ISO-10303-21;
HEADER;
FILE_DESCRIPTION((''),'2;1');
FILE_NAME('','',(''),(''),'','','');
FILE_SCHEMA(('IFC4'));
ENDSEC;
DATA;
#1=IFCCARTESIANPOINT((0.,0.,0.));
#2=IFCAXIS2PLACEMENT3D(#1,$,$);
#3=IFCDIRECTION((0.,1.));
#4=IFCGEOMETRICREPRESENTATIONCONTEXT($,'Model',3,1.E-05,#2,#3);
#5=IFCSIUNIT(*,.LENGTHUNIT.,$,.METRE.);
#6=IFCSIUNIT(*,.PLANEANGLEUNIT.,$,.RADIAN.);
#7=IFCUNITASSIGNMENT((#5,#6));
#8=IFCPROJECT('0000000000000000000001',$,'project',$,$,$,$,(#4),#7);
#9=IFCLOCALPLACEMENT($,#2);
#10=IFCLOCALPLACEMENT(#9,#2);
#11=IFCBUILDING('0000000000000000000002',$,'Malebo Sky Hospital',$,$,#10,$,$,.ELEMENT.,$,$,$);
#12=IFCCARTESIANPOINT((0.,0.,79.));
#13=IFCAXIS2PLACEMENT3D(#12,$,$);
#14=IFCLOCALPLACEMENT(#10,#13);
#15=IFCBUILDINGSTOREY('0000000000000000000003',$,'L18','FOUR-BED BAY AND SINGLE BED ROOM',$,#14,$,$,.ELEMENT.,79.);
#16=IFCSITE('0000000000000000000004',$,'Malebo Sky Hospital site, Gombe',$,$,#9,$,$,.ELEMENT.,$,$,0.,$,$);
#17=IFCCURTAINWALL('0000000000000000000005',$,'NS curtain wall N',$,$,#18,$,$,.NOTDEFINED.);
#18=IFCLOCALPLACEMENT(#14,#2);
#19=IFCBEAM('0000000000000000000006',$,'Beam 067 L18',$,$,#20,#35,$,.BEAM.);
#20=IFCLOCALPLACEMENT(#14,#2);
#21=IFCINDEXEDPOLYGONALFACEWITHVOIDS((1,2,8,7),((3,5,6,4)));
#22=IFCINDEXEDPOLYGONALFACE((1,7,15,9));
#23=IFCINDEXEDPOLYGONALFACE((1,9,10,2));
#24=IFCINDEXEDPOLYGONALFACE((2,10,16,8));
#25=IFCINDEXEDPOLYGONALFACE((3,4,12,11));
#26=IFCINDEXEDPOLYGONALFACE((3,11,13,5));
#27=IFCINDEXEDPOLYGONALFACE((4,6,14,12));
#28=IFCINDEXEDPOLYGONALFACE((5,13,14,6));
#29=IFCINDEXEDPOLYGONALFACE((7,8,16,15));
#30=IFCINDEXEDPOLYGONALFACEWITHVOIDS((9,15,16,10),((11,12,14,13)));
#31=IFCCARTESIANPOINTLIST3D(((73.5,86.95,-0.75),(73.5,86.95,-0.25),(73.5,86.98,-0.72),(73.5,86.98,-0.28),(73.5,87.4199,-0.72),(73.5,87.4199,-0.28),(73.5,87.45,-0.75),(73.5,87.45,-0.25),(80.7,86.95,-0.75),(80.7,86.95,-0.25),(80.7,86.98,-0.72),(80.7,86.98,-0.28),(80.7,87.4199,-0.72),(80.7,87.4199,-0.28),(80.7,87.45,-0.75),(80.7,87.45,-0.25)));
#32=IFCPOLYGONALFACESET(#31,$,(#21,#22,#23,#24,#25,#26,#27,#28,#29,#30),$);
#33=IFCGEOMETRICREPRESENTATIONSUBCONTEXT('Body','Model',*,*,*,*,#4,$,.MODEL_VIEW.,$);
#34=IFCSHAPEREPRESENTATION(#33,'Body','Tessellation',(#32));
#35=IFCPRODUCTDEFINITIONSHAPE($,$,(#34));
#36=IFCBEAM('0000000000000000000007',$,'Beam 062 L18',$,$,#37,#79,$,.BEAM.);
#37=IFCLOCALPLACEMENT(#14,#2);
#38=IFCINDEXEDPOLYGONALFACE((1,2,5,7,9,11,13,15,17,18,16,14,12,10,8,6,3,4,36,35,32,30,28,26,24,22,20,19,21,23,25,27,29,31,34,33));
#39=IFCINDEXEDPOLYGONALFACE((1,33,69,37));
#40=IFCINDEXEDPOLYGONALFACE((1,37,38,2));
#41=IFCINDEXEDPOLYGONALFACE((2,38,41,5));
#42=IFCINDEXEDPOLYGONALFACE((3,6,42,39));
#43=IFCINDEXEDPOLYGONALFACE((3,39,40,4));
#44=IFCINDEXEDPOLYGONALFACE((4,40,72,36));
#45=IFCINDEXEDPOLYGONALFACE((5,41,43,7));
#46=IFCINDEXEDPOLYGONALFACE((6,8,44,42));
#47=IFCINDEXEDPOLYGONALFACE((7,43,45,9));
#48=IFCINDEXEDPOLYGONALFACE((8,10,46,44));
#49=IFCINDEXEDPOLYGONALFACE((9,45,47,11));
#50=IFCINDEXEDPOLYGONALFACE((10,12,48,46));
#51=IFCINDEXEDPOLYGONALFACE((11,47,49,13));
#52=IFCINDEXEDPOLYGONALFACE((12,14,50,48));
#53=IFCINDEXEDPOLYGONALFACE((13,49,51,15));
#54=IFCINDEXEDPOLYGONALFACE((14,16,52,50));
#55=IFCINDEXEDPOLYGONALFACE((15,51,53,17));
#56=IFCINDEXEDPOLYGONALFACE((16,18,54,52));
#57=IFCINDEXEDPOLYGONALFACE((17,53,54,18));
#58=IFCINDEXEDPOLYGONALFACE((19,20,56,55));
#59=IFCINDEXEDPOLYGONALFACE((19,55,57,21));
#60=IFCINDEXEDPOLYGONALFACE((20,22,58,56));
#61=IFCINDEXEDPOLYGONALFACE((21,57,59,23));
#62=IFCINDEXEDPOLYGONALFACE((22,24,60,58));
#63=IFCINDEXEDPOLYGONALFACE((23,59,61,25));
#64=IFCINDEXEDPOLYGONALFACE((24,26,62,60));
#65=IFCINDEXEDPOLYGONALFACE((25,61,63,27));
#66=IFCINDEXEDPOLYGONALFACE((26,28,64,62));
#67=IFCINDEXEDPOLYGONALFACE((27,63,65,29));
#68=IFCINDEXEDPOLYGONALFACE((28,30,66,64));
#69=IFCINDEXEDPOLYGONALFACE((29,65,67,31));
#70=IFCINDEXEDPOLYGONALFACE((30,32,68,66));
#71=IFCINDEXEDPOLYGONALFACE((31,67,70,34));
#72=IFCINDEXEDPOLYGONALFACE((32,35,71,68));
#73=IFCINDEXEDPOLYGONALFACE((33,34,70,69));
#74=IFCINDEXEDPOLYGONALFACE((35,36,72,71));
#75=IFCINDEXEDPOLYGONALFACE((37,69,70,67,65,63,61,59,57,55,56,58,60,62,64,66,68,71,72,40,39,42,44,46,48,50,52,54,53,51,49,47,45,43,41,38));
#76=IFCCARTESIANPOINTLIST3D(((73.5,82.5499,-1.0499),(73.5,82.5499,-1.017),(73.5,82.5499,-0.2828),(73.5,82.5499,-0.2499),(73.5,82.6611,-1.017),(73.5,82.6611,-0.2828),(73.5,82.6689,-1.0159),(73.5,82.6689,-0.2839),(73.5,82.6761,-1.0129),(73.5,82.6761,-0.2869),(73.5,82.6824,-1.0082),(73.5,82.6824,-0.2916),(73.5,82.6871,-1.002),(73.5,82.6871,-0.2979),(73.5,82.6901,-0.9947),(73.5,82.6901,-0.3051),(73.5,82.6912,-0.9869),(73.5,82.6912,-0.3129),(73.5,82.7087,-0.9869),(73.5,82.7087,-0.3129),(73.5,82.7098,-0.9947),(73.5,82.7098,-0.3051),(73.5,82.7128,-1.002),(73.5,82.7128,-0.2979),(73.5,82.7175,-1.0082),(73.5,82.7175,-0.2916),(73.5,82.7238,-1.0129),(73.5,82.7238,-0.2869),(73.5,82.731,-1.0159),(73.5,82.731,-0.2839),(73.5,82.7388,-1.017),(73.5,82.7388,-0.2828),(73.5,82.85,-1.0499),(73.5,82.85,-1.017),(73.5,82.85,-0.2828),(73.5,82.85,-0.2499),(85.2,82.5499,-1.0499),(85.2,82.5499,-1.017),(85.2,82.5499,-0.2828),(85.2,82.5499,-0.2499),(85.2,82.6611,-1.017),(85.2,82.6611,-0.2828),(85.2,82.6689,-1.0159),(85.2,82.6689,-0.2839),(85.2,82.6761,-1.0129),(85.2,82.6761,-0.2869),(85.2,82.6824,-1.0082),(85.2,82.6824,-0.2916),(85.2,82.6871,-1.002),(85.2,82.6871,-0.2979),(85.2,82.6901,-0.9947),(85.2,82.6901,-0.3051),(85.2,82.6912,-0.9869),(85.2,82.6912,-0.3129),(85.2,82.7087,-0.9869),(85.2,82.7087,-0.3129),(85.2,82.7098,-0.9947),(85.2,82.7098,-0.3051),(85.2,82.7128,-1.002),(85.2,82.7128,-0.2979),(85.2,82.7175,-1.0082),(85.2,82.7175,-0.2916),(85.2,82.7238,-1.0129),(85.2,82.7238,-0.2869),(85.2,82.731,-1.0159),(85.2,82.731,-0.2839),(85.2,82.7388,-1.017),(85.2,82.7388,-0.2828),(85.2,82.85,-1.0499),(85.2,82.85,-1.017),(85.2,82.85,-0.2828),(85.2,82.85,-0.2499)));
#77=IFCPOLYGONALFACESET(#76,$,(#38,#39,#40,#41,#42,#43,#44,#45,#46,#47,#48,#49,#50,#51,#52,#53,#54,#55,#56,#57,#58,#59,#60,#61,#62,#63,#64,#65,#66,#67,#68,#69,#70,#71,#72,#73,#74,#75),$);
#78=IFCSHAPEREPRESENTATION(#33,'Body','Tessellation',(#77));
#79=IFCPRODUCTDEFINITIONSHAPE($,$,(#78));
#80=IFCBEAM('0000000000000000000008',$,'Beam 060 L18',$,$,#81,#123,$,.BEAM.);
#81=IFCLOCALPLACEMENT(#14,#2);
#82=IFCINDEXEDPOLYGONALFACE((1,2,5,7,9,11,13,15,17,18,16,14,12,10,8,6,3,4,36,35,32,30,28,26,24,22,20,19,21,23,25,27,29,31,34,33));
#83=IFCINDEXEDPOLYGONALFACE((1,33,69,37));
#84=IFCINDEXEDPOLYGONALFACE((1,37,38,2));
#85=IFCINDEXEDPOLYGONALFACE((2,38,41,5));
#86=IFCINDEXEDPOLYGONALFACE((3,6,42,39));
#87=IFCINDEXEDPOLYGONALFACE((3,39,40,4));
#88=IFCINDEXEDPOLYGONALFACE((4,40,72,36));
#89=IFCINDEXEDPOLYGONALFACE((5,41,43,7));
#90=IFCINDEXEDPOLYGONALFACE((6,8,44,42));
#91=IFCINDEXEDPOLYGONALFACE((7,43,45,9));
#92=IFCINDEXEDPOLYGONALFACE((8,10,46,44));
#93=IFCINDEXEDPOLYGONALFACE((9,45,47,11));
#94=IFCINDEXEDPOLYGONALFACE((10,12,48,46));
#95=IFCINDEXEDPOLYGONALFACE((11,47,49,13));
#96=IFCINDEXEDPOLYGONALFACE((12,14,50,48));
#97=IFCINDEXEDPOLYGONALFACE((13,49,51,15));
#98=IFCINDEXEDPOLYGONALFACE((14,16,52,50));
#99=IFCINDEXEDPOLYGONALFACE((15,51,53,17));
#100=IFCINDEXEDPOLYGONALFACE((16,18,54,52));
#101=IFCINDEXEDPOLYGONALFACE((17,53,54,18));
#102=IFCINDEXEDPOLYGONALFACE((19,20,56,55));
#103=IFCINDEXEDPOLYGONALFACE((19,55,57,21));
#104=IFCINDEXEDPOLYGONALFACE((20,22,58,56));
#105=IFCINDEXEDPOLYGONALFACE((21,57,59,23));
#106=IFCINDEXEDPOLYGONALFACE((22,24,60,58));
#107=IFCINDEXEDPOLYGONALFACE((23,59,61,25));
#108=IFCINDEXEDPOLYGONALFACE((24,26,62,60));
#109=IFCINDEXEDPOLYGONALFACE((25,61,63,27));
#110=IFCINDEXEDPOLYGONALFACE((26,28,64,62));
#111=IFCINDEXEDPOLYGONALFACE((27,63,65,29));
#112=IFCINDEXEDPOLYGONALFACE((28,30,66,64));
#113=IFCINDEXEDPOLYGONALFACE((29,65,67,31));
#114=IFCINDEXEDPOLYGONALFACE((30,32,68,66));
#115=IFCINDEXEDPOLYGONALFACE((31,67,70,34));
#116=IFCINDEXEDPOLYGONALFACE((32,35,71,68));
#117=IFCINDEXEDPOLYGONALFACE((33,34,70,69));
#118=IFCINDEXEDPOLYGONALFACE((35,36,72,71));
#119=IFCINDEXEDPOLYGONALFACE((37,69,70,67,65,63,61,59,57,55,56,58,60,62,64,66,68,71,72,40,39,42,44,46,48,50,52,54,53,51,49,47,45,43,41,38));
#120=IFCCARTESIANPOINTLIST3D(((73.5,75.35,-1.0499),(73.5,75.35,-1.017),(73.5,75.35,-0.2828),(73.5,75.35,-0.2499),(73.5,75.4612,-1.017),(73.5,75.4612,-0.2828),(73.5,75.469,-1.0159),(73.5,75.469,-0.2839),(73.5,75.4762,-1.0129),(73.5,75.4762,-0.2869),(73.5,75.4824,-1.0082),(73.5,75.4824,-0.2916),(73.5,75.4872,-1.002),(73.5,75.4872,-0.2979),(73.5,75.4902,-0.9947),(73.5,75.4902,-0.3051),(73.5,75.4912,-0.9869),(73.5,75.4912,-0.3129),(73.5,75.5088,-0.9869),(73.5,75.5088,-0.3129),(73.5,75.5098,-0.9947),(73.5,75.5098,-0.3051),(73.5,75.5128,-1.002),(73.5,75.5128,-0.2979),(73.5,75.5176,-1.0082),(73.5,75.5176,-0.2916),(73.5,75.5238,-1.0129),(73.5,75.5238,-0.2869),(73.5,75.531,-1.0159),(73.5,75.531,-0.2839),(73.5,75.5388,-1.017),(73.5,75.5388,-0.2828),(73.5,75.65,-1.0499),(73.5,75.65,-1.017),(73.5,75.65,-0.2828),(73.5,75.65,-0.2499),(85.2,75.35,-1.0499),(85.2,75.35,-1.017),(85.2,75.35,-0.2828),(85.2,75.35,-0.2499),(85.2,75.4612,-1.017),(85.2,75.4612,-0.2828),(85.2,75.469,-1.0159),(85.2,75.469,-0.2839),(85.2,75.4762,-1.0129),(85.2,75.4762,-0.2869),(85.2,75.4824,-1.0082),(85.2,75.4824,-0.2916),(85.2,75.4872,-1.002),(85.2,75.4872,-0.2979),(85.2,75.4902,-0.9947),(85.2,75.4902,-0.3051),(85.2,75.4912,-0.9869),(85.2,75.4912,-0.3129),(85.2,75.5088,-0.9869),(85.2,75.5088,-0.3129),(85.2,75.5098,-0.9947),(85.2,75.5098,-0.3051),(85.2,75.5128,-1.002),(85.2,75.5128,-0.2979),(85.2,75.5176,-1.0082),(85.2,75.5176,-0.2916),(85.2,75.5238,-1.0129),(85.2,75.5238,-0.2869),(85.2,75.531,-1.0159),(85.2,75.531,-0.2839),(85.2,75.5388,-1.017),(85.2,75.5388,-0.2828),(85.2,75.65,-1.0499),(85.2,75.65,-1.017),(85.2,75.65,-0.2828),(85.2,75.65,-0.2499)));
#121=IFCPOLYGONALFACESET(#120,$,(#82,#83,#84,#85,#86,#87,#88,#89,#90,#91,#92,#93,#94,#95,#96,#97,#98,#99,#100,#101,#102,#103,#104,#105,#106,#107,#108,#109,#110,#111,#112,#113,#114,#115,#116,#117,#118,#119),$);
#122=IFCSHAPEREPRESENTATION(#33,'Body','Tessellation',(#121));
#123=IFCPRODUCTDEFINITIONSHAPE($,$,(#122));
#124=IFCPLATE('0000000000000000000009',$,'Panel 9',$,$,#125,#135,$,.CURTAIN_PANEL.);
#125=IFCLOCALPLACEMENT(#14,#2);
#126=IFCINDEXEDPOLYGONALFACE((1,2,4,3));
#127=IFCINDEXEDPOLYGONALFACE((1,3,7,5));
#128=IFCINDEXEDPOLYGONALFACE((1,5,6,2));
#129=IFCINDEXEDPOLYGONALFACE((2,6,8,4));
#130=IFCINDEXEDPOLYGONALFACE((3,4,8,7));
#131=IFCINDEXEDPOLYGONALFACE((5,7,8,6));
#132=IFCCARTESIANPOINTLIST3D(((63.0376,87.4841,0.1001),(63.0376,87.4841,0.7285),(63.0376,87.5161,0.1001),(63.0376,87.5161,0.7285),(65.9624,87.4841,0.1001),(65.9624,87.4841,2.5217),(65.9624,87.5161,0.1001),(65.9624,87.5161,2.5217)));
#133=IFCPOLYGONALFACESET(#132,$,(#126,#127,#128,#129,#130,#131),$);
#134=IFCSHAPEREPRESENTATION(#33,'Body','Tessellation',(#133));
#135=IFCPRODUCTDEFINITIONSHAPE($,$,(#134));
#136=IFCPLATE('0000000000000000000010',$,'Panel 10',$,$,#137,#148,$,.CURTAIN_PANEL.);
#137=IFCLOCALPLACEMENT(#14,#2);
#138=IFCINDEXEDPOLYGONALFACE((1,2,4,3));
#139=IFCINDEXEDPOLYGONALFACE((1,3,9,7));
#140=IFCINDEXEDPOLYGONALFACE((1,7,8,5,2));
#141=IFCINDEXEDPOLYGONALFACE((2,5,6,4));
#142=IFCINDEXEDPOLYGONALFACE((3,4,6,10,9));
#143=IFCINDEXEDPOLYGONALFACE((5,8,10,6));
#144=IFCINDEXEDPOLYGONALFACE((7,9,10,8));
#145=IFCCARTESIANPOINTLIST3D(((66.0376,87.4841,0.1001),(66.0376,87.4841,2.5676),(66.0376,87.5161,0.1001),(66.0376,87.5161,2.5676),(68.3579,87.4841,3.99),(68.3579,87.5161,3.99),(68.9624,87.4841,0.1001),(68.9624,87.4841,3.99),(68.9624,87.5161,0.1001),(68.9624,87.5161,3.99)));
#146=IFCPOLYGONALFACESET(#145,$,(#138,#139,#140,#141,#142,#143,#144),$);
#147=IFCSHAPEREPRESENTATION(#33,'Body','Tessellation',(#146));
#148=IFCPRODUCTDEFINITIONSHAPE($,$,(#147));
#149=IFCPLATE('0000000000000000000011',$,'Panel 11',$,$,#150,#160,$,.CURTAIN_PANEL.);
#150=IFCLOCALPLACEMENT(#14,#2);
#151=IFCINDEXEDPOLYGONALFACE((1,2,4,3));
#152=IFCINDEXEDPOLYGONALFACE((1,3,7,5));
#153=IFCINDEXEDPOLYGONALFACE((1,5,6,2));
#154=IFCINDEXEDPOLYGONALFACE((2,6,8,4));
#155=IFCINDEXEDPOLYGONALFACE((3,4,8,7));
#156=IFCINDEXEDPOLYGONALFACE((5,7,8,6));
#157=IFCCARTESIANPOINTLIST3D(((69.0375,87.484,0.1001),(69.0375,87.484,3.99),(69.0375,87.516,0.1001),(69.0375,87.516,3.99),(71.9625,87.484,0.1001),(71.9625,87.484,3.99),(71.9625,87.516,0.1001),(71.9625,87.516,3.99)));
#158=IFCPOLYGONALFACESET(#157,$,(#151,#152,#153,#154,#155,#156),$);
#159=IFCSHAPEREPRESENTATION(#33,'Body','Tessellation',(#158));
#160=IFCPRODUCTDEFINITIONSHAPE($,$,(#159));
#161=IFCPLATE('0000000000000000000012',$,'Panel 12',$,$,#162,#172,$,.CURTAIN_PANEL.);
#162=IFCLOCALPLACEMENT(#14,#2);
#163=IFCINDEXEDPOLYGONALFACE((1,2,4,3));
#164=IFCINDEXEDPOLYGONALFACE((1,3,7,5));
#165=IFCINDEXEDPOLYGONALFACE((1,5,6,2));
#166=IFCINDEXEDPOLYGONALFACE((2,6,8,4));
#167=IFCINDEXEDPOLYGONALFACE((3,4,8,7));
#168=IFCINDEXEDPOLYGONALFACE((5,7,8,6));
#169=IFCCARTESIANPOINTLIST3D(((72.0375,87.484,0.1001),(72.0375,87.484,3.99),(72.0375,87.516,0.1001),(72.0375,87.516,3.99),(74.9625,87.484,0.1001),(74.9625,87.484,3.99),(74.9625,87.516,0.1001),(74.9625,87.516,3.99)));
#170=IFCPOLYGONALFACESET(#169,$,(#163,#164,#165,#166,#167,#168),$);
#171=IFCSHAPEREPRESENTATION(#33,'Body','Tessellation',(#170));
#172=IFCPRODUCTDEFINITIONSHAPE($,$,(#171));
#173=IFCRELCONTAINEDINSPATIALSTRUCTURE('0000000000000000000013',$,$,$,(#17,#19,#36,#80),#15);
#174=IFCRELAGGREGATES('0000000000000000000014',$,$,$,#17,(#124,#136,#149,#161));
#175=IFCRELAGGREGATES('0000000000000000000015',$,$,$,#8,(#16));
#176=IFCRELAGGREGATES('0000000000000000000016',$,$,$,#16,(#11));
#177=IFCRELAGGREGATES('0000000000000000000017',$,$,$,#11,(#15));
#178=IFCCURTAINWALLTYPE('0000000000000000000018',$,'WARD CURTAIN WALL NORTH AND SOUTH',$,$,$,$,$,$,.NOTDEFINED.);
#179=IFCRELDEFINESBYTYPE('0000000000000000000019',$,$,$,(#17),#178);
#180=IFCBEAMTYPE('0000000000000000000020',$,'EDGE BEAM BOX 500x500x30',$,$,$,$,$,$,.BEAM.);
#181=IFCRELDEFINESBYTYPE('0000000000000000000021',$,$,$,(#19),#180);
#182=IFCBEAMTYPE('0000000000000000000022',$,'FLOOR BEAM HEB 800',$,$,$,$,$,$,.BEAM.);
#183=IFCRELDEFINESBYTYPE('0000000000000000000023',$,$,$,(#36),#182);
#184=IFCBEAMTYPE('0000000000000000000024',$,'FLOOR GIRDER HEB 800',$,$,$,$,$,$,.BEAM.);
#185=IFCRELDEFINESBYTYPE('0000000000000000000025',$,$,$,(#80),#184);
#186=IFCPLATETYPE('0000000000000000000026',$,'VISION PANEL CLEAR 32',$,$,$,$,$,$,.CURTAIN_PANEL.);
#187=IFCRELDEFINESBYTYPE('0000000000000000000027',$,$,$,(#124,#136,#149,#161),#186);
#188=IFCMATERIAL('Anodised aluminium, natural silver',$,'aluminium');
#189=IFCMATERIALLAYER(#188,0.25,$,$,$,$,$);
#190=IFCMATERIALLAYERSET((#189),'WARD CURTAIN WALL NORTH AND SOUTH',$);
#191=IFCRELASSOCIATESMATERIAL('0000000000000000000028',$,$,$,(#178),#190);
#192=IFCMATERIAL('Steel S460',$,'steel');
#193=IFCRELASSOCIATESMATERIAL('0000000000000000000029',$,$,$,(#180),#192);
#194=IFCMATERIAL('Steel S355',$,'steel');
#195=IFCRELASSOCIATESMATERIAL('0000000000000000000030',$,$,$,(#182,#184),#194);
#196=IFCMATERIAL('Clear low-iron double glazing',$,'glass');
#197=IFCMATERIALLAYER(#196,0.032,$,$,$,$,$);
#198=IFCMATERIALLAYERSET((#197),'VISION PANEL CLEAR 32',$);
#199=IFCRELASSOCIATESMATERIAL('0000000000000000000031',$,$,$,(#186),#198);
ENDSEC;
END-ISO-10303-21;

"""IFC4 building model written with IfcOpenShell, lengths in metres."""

from ifc_helpers import new_model, si_unit, direction, frame, origin, origin_2d, place, context, subcontext, project, spatial, polyline, rectangle, hollow_rectangle, i_section, outline, extrude, material, layer, layer_set, material_profile, profile_set, type_object, element, aggregate, save


model = new_model("IFC4")

# Units and contexts
model_context = context("Model", 3, precision=1e-05, world=origin(), true_north=direction((0.0, 1.0)))
body_context = subcontext(model_context, "Body", "Model", "MODEL_VIEW")
ifc_project = project(units=[si_unit("LENGTHUNIT", "METRE"), si_unit("PLANEANGLEUNIT", "RADIAN")], contexts=[model_context])

# Site, building, storey
site_placement = place(None, origin())
site = spatial("IfcSite", under=ifc_project, at=site_placement, Name="Malebo Sky Hospital site, Gombe", CompositionType="ELEMENT", RefElevation=0.0)
building_placement = place(site_placement, origin())
building = spatial("IfcBuilding", under=site, at=building_placement, Name="Malebo Sky Hospital", CompositionType="ELEMENT")
storey_placement = place(building_placement, frame((0.0, 0.0, 79.0)))
storey = spatial("IfcBuildingStorey", under=building, at=storey_placement, Name="L18", Description="FOUR-BED BAY AND SINGLE BED ROOM", CompositionType="ELEMENT", Elevation=79.0)

# Shared definitions
ifc_material_1 = material(Name="Steel S460", Category="steel")

# Curtain wall
ifc_material_2 = material(Name="Anodised aluminium, natural silver", Category="aluminium")
ifc_layer_1 = layer(ifc_material_2, 0.25)
ifc_layer_set_1 = layer_set([ifc_layer_1], Name="WARD CURTAIN WALL NORTH AND SOUTH")
curtain_wall_type = type_object("IfcCurtainWallType", Name="WARD CURTAIN WALL NORTH AND SOUTH", PredefinedType="NOTDEFINED", material=ifc_layer_set_1)
curtain_wall_placement = place(storey_placement, origin())
curtain_wall = element("IfcCurtainWall", 1, at=curtain_wall_placement, inside=storey, type_object=curtain_wall_type, Name="NS curtain wall N", PredefinedType="NOTDEFINED")

# Beams
ifc_material_profile_1 = material_profile(ifc_material_1, hollow_rectangle(XDim=0.5, YDim=0.5, WallThickness=0.03, at=origin_2d()), Name="BOX 500x500x30")
ifc_profile_set_1 = profile_set([ifc_material_profile_1], Name="Steel S460")
beam_type_1 = type_object("IfcBeamType", Name="EDGE BEAM BOX 500x500x30", PredefinedType="BEAM", material=ifc_profile_set_1)
beam_1_placement = place(storey_placement, frame((73.5, 87.2, -0.5), z_axis=(1.0, 0.0, 0.0), x_axis=(0.0, 1.0, 0.0)))
element("IfcBeam", 2, at=beam_1_placement, inside=storey, type_object=beam_type_1, Name="Beam 067 L18", PredefinedType="BEAM", context=body_context, shape_type="SweptSolid", body=[
    extrude(hollow_rectangle(XDim=0.5, YDim=0.5, WallThickness=0.03, at=origin_2d()), origin(), (0.0, 0.0, 1.0), 7.2),
])
ifc_material_3 = material(Name="Steel S355", Category="steel")
ifc_material_profile_2 = material_profile(ifc_material_3, i_section(OverallWidth=0.3, OverallDepth=0.8, WebThickness=0.0176, FlangeThickness=0.033, FilletRadius=0.03, at=origin_2d()), Name="HEB 800")
ifc_profile_set_2 = profile_set([ifc_material_profile_2], Name="Steel S355")
beam_type_2 = type_object("IfcBeamType", Name="FLOOR BEAM HEB 800", PredefinedType="BEAM", material=ifc_profile_set_2)
beam_2_placement = place(storey_placement, frame((73.5, 82.7, -0.6499), z_axis=(1.0, 0.0, 0.0), x_axis=(0.0, 1.0, 0.0)))
element("IfcBeam", 3, at=beam_2_placement, inside=storey, type_object=beam_type_2, Name="Beam 062 L18", PredefinedType="BEAM", context=body_context, shape_type="SweptSolid", body=[
    extrude(i_section(OverallWidth=0.3, OverallDepth=0.8, WebThickness=0.0176, FlangeThickness=0.033, FilletRadius=0.03, at=origin_2d()), origin(), (0.0, 0.0, 1.0), 11.7),
])
ifc_material_profile_3 = material_profile(ifc_material_3, i_section(OverallWidth=0.3, OverallDepth=0.8, WebThickness=0.0176, FlangeThickness=0.033, FilletRadius=0.03, at=origin_2d()), Name="HEB 800")
ifc_profile_set_3 = profile_set([ifc_material_profile_3], Name="Steel S355")
beam_type_3 = type_object("IfcBeamType", Name="FLOOR GIRDER HEB 800", PredefinedType="BEAM", material=ifc_profile_set_3)
beam_3_placement = place(storey_placement, frame((73.5, 75.5, -0.6499), z_axis=(1.0, 0.0, 0.0), x_axis=(0.0, 1.0, 0.0)))
element("IfcBeam", 4, at=beam_3_placement, inside=storey, type_object=beam_type_3, Name="Beam 060 L18", PredefinedType="BEAM", context=body_context, shape_type="SweptSolid", body=[
    extrude(i_section(OverallWidth=0.3, OverallDepth=0.8, WebThickness=0.0176, FlangeThickness=0.033, FilletRadius=0.03, at=origin_2d()), origin(), (0.0, 0.0, 1.0), 11.7),
])

# Plates
ifc_material_4 = material(Name="Clear low-iron double glazing", Category="glass")
ifc_layer_2 = layer(ifc_material_4, 0.032)
ifc_layer_set_2 = layer_set([ifc_layer_2], Name="VISION PANEL CLEAR 32")
plate_type = type_object("IfcPlateType", Name="VISION PANEL CLEAR 32", PredefinedType="CURTAIN_PANEL", material=ifc_layer_set_2)
plate_1_placement = place(storey_placement, frame((64.5, 87.5, 0.1001), z_axis=(0.0, 0.0, 1.0), x_axis=(1.0, 0.0, 0.0)))
plate_1 = element("IfcPlate", 5, at=plate_1_placement, type_object=plate_type, Name="Panel 9", PredefinedType="CURTAIN_PANEL", context=body_context, shape_type="SweptSolid", body=[
    extrude(outline(polyline([(-1.4624, 0.0), (1.4624, 0.0), (1.4624, 2.4216), (-1.4624, 0.6284), (-1.4624, 0.0)])), frame((0.0, 0.0161, 0.0), z_axis=(0.0, -1.0, 0.0), x_axis=(1.0, 0.0, 0.0)), (0.0, 0.0, 1.0), 0.032),
])
plate_2_placement = place(storey_placement, frame((67.5, 87.5, 0.1001), z_axis=(0.0, 0.0, 1.0), x_axis=(1.0, 0.0, 0.0)))
plate_2 = element("IfcPlate", 6, at=plate_2_placement, type_object=plate_type, Name="Panel 10", PredefinedType="CURTAIN_PANEL", context=body_context, shape_type="SweptSolid", body=[
    extrude(outline(polyline([(-1.4624, 0.0), (1.4624, 0.0), (1.4624, 3.8899), (0.8579, 3.8899), (-1.4624, 2.4675), (-1.4624, 0.0)])), frame((0.0, 0.0161, 0.0), z_axis=(0.0, -1.0, 0.0), x_axis=(1.0, 0.0, 0.0)), (0.0, 0.0, 1.0), 0.032),
])
plate_3_placement = place(storey_placement, frame((70.5, 87.5, 0.1001), z_axis=(0.0, 0.0, 1.0), x_axis=(1.0, 0.0, 0.0)))
plate_3 = element("IfcPlate", 7, at=plate_3_placement, type_object=plate_type, Name="Panel 11", PredefinedType="CURTAIN_PANEL", context=body_context, shape_type="SweptSolid", body=[
    extrude(rectangle(XDim=2.925, YDim=0.032, at=origin_2d()), origin(), (0.0, 0.0, 1.0), 3.8899),
])
plate_4_placement = place(storey_placement, frame((73.5, 87.5, 0.1001), z_axis=(0.0, 0.0, 1.0), x_axis=(1.0, 0.0, 0.0)))
plate_4 = element("IfcPlate", 8, at=plate_4_placement, type_object=plate_type, Name="Panel 12", PredefinedType="CURTAIN_PANEL", context=body_context, shape_type="SweptSolid", body=[
    extrude(rectangle(XDim=2.925, YDim=0.032, at=origin_2d()), origin(), (0.0, 0.0, 1.0), 3.8899),
])
aggregate(curtain_wall, [plate_1, plate_2, plate_3, plate_4])

save(model, "model.ifc")
